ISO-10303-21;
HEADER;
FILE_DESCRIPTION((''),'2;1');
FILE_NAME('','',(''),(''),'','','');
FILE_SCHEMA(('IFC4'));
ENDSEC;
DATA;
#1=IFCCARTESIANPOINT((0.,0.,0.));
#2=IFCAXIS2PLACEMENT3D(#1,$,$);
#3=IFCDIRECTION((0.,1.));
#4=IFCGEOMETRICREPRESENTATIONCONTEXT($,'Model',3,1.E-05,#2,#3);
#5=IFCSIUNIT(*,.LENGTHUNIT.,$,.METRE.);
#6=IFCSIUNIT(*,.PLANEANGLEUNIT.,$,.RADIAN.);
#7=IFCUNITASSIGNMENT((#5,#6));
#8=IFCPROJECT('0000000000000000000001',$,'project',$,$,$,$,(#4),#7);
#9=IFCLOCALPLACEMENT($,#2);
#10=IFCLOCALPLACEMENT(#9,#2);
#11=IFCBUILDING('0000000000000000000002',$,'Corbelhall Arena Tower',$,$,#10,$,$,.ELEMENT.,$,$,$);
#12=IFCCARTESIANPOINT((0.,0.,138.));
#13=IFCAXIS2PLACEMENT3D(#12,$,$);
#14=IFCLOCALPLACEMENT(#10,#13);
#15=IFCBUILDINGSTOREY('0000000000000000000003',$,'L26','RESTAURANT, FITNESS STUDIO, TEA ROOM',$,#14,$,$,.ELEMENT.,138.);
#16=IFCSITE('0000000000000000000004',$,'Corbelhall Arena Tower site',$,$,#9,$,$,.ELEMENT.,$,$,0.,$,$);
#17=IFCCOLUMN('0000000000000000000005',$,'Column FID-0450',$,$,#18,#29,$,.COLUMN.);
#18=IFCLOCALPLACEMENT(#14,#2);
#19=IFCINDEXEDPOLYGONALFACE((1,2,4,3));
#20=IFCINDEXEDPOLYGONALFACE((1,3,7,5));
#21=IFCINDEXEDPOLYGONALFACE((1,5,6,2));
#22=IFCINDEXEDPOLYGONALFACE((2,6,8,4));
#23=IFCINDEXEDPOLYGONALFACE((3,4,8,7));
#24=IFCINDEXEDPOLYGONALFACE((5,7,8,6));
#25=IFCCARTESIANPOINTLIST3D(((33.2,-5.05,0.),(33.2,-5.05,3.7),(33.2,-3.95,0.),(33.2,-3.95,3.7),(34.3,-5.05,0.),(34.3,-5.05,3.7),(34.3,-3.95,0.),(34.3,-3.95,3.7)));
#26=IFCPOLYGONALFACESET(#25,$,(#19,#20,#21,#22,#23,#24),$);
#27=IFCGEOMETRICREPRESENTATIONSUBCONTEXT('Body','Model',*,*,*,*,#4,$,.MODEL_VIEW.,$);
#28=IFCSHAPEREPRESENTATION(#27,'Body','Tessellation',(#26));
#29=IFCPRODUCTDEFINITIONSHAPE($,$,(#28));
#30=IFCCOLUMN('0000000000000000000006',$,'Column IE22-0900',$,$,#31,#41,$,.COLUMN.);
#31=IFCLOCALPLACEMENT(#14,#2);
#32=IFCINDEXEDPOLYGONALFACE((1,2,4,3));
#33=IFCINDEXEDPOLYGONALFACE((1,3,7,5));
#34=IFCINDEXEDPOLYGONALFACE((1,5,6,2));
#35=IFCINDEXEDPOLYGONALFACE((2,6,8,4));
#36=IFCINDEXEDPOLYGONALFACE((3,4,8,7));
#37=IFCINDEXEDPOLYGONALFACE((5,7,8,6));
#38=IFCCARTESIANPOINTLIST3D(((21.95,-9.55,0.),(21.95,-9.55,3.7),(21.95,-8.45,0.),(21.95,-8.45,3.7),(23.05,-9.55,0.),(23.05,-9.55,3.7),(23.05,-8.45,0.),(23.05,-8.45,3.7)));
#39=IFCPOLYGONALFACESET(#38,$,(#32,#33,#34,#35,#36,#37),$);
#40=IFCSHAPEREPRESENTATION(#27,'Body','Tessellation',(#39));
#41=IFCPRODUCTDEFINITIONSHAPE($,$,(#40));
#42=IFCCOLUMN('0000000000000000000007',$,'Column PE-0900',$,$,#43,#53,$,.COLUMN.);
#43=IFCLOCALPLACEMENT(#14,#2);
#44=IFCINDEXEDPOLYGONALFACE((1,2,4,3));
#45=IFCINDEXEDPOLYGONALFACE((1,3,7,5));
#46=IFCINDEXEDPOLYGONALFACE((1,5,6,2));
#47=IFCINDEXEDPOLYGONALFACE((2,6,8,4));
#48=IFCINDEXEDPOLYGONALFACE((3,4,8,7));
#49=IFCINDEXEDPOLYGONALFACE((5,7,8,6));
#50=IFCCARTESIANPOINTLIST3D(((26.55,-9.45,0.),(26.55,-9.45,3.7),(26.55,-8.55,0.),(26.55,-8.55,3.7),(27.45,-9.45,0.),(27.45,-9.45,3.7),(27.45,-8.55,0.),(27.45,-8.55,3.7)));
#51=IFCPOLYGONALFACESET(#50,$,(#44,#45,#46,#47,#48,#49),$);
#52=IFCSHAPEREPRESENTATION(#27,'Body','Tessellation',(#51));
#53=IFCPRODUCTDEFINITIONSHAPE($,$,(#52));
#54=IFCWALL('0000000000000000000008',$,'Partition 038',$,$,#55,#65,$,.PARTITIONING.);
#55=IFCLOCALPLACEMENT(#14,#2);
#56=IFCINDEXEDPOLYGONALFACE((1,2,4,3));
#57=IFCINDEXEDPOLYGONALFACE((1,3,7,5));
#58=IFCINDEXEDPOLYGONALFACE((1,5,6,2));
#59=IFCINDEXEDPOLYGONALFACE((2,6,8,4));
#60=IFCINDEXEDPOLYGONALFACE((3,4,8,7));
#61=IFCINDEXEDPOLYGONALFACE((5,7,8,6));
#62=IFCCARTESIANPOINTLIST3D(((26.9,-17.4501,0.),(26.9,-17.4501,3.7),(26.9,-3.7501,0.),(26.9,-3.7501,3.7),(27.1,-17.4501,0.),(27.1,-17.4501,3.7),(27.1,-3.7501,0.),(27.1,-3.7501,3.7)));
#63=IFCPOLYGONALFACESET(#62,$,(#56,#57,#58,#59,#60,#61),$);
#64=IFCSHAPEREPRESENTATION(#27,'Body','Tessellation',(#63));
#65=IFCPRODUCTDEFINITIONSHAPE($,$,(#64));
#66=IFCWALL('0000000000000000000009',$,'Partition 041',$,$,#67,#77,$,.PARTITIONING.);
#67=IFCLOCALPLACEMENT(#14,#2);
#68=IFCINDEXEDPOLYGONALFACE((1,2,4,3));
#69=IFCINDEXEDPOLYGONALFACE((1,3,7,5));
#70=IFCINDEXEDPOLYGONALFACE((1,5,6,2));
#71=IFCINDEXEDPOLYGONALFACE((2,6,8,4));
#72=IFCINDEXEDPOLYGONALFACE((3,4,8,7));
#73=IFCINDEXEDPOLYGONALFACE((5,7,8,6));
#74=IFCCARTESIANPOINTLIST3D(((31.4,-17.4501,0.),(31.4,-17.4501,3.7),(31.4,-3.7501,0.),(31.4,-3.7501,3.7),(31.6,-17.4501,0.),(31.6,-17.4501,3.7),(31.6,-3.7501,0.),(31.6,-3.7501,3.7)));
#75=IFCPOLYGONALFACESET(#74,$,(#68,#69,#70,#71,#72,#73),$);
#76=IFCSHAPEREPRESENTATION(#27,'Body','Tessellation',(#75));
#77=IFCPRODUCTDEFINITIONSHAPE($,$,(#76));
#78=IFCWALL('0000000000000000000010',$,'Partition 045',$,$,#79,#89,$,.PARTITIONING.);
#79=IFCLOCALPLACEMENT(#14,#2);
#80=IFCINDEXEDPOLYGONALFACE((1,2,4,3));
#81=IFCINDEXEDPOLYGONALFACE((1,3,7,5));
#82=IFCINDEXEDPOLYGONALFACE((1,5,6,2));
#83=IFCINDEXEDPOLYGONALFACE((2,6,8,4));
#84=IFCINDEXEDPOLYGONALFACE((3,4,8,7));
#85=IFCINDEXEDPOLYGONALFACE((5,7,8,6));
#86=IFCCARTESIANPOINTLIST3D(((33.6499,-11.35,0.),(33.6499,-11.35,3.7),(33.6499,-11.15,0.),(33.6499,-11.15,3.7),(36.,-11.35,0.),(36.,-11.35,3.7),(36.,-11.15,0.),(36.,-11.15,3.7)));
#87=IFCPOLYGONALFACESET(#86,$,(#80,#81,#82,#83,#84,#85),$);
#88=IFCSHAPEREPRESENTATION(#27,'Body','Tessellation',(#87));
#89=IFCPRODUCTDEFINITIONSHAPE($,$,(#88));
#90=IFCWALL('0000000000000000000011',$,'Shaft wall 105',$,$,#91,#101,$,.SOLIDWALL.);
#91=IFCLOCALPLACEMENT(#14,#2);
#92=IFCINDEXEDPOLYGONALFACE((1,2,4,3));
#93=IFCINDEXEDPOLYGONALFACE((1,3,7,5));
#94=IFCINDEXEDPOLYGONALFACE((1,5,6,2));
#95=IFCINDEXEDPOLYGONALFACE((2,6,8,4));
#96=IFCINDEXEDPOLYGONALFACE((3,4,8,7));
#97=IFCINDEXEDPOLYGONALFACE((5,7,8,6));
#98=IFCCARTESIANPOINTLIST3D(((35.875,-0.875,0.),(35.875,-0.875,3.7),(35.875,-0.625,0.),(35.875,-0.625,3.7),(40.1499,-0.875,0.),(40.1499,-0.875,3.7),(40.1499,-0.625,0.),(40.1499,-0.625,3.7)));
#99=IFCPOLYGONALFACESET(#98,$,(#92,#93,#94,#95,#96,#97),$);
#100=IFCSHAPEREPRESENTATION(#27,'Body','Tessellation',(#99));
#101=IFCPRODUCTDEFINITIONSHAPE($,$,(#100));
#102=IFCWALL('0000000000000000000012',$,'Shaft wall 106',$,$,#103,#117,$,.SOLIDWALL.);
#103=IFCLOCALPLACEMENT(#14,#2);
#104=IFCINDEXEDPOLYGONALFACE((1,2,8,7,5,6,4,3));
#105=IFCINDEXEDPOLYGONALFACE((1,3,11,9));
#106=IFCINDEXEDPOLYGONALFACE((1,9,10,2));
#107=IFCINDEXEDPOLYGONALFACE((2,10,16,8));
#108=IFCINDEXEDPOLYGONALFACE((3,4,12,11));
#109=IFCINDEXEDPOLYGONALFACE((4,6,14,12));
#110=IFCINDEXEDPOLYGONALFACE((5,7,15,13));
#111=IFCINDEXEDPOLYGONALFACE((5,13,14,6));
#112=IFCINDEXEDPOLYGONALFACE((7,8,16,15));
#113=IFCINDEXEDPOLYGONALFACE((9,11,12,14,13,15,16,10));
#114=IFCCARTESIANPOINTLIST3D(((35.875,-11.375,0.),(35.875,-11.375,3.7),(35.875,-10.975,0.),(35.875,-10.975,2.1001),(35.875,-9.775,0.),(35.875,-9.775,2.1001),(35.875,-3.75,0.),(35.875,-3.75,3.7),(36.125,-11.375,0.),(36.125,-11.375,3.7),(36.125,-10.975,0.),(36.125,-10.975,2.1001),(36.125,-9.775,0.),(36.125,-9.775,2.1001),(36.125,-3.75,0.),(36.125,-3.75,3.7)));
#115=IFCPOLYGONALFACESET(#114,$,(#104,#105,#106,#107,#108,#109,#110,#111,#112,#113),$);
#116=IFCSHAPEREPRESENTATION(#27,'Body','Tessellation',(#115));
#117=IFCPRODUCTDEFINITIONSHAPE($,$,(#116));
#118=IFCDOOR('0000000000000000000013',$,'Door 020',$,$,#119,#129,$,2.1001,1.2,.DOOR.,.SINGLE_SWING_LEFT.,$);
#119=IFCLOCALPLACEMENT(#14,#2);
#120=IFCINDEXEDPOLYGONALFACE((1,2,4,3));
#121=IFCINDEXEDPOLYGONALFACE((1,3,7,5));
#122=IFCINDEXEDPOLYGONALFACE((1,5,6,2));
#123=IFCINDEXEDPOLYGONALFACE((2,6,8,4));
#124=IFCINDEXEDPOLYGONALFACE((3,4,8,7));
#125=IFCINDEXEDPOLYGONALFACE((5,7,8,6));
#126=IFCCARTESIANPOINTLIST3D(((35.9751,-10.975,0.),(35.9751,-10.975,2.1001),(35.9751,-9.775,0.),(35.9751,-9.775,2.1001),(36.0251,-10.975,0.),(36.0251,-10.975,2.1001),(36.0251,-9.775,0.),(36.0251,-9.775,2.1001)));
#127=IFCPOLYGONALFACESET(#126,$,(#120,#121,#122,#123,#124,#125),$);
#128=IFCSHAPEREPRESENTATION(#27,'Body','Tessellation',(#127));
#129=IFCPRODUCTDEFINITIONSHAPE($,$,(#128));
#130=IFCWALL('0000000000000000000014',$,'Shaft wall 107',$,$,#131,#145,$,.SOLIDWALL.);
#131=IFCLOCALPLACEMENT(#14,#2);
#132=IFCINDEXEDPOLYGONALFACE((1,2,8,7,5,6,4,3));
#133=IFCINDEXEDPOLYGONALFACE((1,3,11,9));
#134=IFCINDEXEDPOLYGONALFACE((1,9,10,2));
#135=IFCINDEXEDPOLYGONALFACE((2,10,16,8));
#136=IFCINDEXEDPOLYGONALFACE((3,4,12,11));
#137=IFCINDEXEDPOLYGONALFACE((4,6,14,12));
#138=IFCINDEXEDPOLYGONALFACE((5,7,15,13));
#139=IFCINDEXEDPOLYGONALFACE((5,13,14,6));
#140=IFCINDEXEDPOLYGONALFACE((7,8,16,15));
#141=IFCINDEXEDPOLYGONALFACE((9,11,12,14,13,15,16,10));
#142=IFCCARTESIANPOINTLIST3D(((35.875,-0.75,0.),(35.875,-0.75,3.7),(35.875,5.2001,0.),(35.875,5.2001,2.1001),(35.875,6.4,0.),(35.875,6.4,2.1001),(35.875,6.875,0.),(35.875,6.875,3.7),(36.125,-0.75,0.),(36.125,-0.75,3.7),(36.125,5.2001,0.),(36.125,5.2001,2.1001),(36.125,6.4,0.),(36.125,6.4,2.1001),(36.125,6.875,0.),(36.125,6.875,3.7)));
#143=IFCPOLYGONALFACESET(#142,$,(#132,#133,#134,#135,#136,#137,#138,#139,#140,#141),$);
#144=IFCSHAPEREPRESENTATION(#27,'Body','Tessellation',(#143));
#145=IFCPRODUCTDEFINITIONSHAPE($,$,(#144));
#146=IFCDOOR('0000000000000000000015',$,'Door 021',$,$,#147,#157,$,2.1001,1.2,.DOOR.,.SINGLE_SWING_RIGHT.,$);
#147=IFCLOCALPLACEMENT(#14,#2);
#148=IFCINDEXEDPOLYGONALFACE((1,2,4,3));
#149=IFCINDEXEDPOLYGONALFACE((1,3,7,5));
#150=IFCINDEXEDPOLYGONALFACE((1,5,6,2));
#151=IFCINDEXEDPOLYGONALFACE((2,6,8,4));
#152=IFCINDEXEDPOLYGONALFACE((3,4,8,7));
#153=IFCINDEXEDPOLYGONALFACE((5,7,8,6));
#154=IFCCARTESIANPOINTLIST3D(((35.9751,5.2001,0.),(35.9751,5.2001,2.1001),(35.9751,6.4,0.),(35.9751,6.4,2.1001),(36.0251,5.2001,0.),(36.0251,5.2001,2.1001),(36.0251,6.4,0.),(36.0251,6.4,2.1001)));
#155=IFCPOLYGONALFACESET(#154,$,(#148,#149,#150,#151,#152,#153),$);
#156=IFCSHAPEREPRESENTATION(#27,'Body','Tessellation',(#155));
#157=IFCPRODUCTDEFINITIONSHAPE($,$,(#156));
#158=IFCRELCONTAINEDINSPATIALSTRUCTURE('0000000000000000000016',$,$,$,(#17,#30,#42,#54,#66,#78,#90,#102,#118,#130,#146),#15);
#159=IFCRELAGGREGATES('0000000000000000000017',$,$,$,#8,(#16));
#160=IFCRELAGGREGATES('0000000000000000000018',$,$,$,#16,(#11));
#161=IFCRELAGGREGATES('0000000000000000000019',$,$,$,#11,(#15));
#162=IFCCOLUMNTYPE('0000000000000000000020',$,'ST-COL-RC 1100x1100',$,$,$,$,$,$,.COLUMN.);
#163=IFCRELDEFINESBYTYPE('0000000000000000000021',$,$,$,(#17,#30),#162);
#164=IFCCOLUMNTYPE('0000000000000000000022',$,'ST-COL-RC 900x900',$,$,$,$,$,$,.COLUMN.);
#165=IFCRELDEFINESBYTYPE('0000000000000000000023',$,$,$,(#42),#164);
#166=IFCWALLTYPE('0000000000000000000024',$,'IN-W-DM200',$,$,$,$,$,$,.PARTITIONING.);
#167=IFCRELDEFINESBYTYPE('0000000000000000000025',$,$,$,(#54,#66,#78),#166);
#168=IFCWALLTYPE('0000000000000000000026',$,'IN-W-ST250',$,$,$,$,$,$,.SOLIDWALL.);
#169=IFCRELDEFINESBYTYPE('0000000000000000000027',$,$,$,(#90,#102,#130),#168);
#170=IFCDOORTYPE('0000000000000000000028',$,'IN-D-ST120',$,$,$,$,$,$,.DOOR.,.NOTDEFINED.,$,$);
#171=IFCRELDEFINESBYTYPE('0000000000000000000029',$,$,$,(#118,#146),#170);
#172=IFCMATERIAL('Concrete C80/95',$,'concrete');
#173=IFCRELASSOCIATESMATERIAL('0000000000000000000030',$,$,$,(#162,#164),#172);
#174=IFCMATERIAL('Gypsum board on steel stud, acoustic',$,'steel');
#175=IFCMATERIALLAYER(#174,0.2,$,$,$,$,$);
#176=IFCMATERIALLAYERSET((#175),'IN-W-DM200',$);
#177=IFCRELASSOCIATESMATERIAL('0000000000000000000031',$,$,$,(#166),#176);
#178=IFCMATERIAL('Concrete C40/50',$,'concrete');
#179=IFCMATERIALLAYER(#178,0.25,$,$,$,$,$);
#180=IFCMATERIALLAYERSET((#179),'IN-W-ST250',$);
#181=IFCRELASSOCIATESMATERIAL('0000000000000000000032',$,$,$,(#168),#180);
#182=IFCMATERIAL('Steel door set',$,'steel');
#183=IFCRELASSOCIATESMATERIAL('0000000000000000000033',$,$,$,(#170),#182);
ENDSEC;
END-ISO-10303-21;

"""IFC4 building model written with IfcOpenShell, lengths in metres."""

from ifc_helpers import new_model, si_unit, direction, frame, frame_2d, origin, origin_2d, place, context, subcontext, project, spatial, rectangle, extrude, material, layer, layer_set, material_profile, profile_set, type_object, element, fill, save


model = new_model("IFC4")

# Units and contexts
model_context = context("Model", 3, precision=1e-05, world=origin(), true_north=direction((0.0, 1.0)))
body_context = subcontext(model_context, "Body", "Model", "MODEL_VIEW")
ifc_project = project(units=[si_unit("LENGTHUNIT", "METRE"), si_unit("PLANEANGLEUNIT", "RADIAN")], contexts=[model_context])

# Site, building, storey
site_placement = place(None, origin())
site = spatial("IfcSite", under=ifc_project, at=site_placement, Name="Corbelhall Arena Tower site", CompositionType="ELEMENT", RefElevation=0.0)
building_placement = place(site_placement, origin())
building = spatial("IfcBuilding", under=site, at=building_placement, Name="Corbelhall Arena Tower", CompositionType="ELEMENT")
storey_placement = place(building_placement, frame((0.0, 0.0, 138.0)))
storey = spatial("IfcBuildingStorey", under=building, at=storey_placement, Name="L26", Description="RESTAURANT, FITNESS STUDIO, TEA ROOM", CompositionType="ELEMENT", Elevation=138.0)

# Columns
ifc_material_1 = material(Name="Concrete C80/95", Category="concrete")
ifc_material_profile_1 = material_profile(ifc_material_1, rectangle(XDim=1.1001, YDim=1.1001, at=origin_2d()))
ifc_profile_set_1 = profile_set([ifc_material_profile_1], Name="Concrete C80/95")
column_type_1 = type_object("IfcColumnType", Name="ST-COL-RC 1100x1100", PredefinedType="COLUMN", material=ifc_profile_set_1)
for number, where, z_axis, x_axis, name in (
    (1, (33.75, -4.5, 0.0), (0.0, 0.0, 1.0), (1.0, 0.0, 0.0), "Column FID-0450"),
    (2, (22.5, -9.0, 0.0), (0.0, 0.0, 1.0), (1.0, 0.0, 0.0), "Column IE22-0900"),
):
    element("IfcColumn", number, at=place(storey_placement, frame(where, z_axis=z_axis, x_axis=x_axis)), inside=storey, type_object=column_type_1, Name=name, PredefinedType="COLUMN", context=body_context, shape_type="SweptSolid", body=[
        extrude(rectangle(XDim=1.1001, YDim=1.1001, at=origin_2d()), origin(), (0.0, 0.0, 1.0), 3.7),
    ])
ifc_material_profile_2 = material_profile(ifc_material_1, rectangle(XDim=0.8999, YDim=0.8999, at=origin_2d()))
ifc_profile_set_2 = profile_set([ifc_material_profile_2], Name="Concrete C80/95")
column_type_2 = type_object("IfcColumnType", Name="ST-COL-RC 900x900", PredefinedType="COLUMN", material=ifc_profile_set_2)
column_placement = place(storey_placement, frame((27.0, -9.0, 0.0), z_axis=(0.0, 0.0, 1.0), x_axis=(1.0, 0.0, 0.0)))
element("IfcColumn", 3, at=column_placement, inside=storey, type_object=column_type_2, Name="Column PE-0900", PredefinedType="COLUMN", context=body_context, shape_type="SweptSolid", body=[
    extrude(rectangle(XDim=0.8999, YDim=0.8999, at=origin_2d()), origin(), (0.0, 0.0, 1.0), 3.7),
])

# Shared definitions
ifc_material_2 = material(Name="Gypsum board on steel stud, acoustic", Category="steel")
ifc_layer_1 = layer(ifc_material_2, 0.2)
ifc_layer_set_1 = layer_set([ifc_layer_1], Name="IN-W-DM200")
wall_type_1 = type_object("IfcWallType", Name="IN-W-DM200", PredefinedType="PARTITIONING", material=ifc_layer_set_1)
ifc_material_3 = material(Name="Steel door set", Category="steel")

# Walls
for number, where, z_axis, x_axis, name in (
    (4, (27.0, -3.75, 0.0), (0.0, 0.0, 1.0), (0.0, -1.0, 0.0), "Partition 038"),
    (5, (31.5, -3.75, 0.0), (0.0, 0.0, 1.0), (0.0, -1.0, 0.0), "Partition 041"),
):
    element("IfcWall", number, at=place(storey_placement, frame(where, z_axis=z_axis, x_axis=x_axis)), inside=storey, type_object=wall_type_1, Name=name, PredefinedType="PARTITIONING", context=body_context, shape_type="SweptSolid", body=[
        extrude(rectangle(XDim=13.7, YDim=0.2, at=frame_2d((6.8501, 0.0))), origin(), (0.0, 0.0, 1.0), 3.7),
    ])

# Walls
wall_1_placement = place(storey_placement, frame((36.0, -11.25, 0.0), z_axis=(0.0, 0.0, 1.0), x_axis=(-1.0, 0.0, 0.0)))
element("IfcWall", 6, at=wall_1_placement, inside=storey, type_object=wall_type_1, Name="Partition 045", PredefinedType="PARTITIONING", context=body_context, shape_type="SweptSolid", body=[
    extrude(rectangle(XDim=2.3501, YDim=0.2, at=frame_2d((1.175, 0.0))), origin(), (0.0, 0.0, 1.0), 3.7),
])
ifc_material_4 = material(Name="Concrete C40/50", Category="concrete")
ifc_layer_2 = layer(ifc_material_4, 0.25)
ifc_layer_set_2 = layer_set([ifc_layer_2], Name="IN-W-ST250")
wall_type_2 = type_object("IfcWallType", Name="IN-W-ST250", PredefinedType="SOLIDWALL", material=ifc_layer_set_2)
wall_2_placement = place(storey_placement, frame((35.875, -0.75, 0.0), z_axis=(0.0, 0.0, 1.0), x_axis=(1.0, 0.0, 0.0)))
element("IfcWall", 7, at=wall_2_placement, inside=storey, type_object=wall_type_2, Name="Shaft wall 105", PredefinedType="SOLIDWALL", context=body_context, shape_type="SweptSolid", body=[
    extrude(rectangle(XDim=4.2749, YDim=0.25, at=frame_2d((2.1375, 0.0))), origin(), (0.0, 0.0, 1.0), 3.7),
])

# Walls, openings, doors
wall_3_placement = place(storey_placement, frame((36.0, -11.375, 0.0), z_axis=(0.0, 0.0, 1.0), x_axis=(0.0, 1.0, 0.0)))
wall_3 = element("IfcWall", 8, at=wall_3_placement, inside=storey, type_object=wall_type_2, Name="Shaft wall 106", PredefinedType="SOLIDWALL", context=body_context, shape_type="SweptSolid", body=[
    extrude(rectangle(XDim=7.625, YDim=0.25, at=frame_2d((3.8125, 0.0))), origin(), (0.0, 0.0, 1.0), 3.7),
])
opening_1_placement = place(wall_3_placement, frame((0.3999, 0.0, 0.0)))
opening_1 = element("IfcOpeningElement", 9, at=opening_1_placement, cuts=wall_3, PredefinedType="OPENING", context=body_context, shape_type="SweptSolid", body=[
    extrude(rectangle(XDim=1.2, YDim=2.1001, at=frame_2d((0.6001, 1.05))), frame((0.0, 0.125, 0.0), z_axis=(0.0, -1.0, 0.0), x_axis=(1.0, 0.0, 0.0)), (0.0, 0.0, 1.0), 0.25),
])
door_type_1 = type_object("IfcDoorType", Name="IN-D-ST120", OperationType="NOTDEFINED", PredefinedType="DOOR", material=ifc_material_3)
door_1_placement = place(opening_1_placement, origin())
door_1 = element("IfcDoor", 10, at=door_1_placement, inside=storey, type_object=door_type_1, Name="Door 020", OperationType="SINGLE_SWING_LEFT", OverallHeight=2.1001, OverallWidth=1.2, PredefinedType="DOOR", context=body_context, shape_type="SweptSolid", body=[
    extrude(rectangle(XDim=1.2, YDim=2.1001, at=frame_2d((0.6001, 1.05))), frame((0.0, 0.0249, 0.0), z_axis=(0.0, -1.0, 0.0), x_axis=(1.0, 0.0, 0.0)), (0.0, 0.0, 1.0), 0.05),
])
fill(opening_1, door_1)
wall_4_placement = place(storey_placement, frame((36.0, -0.75, 0.0), z_axis=(0.0, 0.0, 1.0), x_axis=(0.0, 1.0, 0.0)))
wall_4 = element("IfcWall", 11, at=wall_4_placement, inside=storey, type_object=wall_type_2, Name="Shaft wall 107", PredefinedType="SOLIDWALL", context=body_context, shape_type="SweptSolid", body=[
    extrude(rectangle(XDim=7.625, YDim=0.25, at=frame_2d((3.8125, 0.0))), origin(), (0.0, 0.0, 1.0), 3.7),
])
opening_2_placement = place(wall_4_placement, frame((5.95, 0.0, 0.0)))
opening_2 = element("IfcOpeningElement", 12, at=opening_2_placement, cuts=wall_4, PredefinedType="OPENING", context=body_context, shape_type="SweptSolid", body=[
    extrude(rectangle(XDim=1.2, YDim=2.1001, at=frame_2d((0.6001, 1.05))), frame((0.0, 0.125, 0.0), z_axis=(0.0, -1.0, 0.0), x_axis=(1.0, 0.0, 0.0)), (0.0, 0.0, 1.0), 0.25),
])
door_2_placement = place(opening_2_placement, origin())
door_2 = element("IfcDoor", 13, at=door_2_placement, inside=storey, type_object=door_type_1, Name="Door 021", OperationType="SINGLE_SWING_RIGHT", OverallHeight=2.1001, OverallWidth=1.2, PredefinedType="DOOR", context=body_context, shape_type="SweptSolid", body=[
    extrude(rectangle(XDim=1.2, YDim=2.1001, at=frame_2d((0.6001, 1.05))), frame((0.0, 0.0249, 0.0), z_axis=(0.0, -1.0, 0.0), x_axis=(1.0, 0.0, 0.0)), (0.0, 0.0, 1.0), 0.05),
])
fill(opening_2, door_2)

save(model, "model.ifc")
